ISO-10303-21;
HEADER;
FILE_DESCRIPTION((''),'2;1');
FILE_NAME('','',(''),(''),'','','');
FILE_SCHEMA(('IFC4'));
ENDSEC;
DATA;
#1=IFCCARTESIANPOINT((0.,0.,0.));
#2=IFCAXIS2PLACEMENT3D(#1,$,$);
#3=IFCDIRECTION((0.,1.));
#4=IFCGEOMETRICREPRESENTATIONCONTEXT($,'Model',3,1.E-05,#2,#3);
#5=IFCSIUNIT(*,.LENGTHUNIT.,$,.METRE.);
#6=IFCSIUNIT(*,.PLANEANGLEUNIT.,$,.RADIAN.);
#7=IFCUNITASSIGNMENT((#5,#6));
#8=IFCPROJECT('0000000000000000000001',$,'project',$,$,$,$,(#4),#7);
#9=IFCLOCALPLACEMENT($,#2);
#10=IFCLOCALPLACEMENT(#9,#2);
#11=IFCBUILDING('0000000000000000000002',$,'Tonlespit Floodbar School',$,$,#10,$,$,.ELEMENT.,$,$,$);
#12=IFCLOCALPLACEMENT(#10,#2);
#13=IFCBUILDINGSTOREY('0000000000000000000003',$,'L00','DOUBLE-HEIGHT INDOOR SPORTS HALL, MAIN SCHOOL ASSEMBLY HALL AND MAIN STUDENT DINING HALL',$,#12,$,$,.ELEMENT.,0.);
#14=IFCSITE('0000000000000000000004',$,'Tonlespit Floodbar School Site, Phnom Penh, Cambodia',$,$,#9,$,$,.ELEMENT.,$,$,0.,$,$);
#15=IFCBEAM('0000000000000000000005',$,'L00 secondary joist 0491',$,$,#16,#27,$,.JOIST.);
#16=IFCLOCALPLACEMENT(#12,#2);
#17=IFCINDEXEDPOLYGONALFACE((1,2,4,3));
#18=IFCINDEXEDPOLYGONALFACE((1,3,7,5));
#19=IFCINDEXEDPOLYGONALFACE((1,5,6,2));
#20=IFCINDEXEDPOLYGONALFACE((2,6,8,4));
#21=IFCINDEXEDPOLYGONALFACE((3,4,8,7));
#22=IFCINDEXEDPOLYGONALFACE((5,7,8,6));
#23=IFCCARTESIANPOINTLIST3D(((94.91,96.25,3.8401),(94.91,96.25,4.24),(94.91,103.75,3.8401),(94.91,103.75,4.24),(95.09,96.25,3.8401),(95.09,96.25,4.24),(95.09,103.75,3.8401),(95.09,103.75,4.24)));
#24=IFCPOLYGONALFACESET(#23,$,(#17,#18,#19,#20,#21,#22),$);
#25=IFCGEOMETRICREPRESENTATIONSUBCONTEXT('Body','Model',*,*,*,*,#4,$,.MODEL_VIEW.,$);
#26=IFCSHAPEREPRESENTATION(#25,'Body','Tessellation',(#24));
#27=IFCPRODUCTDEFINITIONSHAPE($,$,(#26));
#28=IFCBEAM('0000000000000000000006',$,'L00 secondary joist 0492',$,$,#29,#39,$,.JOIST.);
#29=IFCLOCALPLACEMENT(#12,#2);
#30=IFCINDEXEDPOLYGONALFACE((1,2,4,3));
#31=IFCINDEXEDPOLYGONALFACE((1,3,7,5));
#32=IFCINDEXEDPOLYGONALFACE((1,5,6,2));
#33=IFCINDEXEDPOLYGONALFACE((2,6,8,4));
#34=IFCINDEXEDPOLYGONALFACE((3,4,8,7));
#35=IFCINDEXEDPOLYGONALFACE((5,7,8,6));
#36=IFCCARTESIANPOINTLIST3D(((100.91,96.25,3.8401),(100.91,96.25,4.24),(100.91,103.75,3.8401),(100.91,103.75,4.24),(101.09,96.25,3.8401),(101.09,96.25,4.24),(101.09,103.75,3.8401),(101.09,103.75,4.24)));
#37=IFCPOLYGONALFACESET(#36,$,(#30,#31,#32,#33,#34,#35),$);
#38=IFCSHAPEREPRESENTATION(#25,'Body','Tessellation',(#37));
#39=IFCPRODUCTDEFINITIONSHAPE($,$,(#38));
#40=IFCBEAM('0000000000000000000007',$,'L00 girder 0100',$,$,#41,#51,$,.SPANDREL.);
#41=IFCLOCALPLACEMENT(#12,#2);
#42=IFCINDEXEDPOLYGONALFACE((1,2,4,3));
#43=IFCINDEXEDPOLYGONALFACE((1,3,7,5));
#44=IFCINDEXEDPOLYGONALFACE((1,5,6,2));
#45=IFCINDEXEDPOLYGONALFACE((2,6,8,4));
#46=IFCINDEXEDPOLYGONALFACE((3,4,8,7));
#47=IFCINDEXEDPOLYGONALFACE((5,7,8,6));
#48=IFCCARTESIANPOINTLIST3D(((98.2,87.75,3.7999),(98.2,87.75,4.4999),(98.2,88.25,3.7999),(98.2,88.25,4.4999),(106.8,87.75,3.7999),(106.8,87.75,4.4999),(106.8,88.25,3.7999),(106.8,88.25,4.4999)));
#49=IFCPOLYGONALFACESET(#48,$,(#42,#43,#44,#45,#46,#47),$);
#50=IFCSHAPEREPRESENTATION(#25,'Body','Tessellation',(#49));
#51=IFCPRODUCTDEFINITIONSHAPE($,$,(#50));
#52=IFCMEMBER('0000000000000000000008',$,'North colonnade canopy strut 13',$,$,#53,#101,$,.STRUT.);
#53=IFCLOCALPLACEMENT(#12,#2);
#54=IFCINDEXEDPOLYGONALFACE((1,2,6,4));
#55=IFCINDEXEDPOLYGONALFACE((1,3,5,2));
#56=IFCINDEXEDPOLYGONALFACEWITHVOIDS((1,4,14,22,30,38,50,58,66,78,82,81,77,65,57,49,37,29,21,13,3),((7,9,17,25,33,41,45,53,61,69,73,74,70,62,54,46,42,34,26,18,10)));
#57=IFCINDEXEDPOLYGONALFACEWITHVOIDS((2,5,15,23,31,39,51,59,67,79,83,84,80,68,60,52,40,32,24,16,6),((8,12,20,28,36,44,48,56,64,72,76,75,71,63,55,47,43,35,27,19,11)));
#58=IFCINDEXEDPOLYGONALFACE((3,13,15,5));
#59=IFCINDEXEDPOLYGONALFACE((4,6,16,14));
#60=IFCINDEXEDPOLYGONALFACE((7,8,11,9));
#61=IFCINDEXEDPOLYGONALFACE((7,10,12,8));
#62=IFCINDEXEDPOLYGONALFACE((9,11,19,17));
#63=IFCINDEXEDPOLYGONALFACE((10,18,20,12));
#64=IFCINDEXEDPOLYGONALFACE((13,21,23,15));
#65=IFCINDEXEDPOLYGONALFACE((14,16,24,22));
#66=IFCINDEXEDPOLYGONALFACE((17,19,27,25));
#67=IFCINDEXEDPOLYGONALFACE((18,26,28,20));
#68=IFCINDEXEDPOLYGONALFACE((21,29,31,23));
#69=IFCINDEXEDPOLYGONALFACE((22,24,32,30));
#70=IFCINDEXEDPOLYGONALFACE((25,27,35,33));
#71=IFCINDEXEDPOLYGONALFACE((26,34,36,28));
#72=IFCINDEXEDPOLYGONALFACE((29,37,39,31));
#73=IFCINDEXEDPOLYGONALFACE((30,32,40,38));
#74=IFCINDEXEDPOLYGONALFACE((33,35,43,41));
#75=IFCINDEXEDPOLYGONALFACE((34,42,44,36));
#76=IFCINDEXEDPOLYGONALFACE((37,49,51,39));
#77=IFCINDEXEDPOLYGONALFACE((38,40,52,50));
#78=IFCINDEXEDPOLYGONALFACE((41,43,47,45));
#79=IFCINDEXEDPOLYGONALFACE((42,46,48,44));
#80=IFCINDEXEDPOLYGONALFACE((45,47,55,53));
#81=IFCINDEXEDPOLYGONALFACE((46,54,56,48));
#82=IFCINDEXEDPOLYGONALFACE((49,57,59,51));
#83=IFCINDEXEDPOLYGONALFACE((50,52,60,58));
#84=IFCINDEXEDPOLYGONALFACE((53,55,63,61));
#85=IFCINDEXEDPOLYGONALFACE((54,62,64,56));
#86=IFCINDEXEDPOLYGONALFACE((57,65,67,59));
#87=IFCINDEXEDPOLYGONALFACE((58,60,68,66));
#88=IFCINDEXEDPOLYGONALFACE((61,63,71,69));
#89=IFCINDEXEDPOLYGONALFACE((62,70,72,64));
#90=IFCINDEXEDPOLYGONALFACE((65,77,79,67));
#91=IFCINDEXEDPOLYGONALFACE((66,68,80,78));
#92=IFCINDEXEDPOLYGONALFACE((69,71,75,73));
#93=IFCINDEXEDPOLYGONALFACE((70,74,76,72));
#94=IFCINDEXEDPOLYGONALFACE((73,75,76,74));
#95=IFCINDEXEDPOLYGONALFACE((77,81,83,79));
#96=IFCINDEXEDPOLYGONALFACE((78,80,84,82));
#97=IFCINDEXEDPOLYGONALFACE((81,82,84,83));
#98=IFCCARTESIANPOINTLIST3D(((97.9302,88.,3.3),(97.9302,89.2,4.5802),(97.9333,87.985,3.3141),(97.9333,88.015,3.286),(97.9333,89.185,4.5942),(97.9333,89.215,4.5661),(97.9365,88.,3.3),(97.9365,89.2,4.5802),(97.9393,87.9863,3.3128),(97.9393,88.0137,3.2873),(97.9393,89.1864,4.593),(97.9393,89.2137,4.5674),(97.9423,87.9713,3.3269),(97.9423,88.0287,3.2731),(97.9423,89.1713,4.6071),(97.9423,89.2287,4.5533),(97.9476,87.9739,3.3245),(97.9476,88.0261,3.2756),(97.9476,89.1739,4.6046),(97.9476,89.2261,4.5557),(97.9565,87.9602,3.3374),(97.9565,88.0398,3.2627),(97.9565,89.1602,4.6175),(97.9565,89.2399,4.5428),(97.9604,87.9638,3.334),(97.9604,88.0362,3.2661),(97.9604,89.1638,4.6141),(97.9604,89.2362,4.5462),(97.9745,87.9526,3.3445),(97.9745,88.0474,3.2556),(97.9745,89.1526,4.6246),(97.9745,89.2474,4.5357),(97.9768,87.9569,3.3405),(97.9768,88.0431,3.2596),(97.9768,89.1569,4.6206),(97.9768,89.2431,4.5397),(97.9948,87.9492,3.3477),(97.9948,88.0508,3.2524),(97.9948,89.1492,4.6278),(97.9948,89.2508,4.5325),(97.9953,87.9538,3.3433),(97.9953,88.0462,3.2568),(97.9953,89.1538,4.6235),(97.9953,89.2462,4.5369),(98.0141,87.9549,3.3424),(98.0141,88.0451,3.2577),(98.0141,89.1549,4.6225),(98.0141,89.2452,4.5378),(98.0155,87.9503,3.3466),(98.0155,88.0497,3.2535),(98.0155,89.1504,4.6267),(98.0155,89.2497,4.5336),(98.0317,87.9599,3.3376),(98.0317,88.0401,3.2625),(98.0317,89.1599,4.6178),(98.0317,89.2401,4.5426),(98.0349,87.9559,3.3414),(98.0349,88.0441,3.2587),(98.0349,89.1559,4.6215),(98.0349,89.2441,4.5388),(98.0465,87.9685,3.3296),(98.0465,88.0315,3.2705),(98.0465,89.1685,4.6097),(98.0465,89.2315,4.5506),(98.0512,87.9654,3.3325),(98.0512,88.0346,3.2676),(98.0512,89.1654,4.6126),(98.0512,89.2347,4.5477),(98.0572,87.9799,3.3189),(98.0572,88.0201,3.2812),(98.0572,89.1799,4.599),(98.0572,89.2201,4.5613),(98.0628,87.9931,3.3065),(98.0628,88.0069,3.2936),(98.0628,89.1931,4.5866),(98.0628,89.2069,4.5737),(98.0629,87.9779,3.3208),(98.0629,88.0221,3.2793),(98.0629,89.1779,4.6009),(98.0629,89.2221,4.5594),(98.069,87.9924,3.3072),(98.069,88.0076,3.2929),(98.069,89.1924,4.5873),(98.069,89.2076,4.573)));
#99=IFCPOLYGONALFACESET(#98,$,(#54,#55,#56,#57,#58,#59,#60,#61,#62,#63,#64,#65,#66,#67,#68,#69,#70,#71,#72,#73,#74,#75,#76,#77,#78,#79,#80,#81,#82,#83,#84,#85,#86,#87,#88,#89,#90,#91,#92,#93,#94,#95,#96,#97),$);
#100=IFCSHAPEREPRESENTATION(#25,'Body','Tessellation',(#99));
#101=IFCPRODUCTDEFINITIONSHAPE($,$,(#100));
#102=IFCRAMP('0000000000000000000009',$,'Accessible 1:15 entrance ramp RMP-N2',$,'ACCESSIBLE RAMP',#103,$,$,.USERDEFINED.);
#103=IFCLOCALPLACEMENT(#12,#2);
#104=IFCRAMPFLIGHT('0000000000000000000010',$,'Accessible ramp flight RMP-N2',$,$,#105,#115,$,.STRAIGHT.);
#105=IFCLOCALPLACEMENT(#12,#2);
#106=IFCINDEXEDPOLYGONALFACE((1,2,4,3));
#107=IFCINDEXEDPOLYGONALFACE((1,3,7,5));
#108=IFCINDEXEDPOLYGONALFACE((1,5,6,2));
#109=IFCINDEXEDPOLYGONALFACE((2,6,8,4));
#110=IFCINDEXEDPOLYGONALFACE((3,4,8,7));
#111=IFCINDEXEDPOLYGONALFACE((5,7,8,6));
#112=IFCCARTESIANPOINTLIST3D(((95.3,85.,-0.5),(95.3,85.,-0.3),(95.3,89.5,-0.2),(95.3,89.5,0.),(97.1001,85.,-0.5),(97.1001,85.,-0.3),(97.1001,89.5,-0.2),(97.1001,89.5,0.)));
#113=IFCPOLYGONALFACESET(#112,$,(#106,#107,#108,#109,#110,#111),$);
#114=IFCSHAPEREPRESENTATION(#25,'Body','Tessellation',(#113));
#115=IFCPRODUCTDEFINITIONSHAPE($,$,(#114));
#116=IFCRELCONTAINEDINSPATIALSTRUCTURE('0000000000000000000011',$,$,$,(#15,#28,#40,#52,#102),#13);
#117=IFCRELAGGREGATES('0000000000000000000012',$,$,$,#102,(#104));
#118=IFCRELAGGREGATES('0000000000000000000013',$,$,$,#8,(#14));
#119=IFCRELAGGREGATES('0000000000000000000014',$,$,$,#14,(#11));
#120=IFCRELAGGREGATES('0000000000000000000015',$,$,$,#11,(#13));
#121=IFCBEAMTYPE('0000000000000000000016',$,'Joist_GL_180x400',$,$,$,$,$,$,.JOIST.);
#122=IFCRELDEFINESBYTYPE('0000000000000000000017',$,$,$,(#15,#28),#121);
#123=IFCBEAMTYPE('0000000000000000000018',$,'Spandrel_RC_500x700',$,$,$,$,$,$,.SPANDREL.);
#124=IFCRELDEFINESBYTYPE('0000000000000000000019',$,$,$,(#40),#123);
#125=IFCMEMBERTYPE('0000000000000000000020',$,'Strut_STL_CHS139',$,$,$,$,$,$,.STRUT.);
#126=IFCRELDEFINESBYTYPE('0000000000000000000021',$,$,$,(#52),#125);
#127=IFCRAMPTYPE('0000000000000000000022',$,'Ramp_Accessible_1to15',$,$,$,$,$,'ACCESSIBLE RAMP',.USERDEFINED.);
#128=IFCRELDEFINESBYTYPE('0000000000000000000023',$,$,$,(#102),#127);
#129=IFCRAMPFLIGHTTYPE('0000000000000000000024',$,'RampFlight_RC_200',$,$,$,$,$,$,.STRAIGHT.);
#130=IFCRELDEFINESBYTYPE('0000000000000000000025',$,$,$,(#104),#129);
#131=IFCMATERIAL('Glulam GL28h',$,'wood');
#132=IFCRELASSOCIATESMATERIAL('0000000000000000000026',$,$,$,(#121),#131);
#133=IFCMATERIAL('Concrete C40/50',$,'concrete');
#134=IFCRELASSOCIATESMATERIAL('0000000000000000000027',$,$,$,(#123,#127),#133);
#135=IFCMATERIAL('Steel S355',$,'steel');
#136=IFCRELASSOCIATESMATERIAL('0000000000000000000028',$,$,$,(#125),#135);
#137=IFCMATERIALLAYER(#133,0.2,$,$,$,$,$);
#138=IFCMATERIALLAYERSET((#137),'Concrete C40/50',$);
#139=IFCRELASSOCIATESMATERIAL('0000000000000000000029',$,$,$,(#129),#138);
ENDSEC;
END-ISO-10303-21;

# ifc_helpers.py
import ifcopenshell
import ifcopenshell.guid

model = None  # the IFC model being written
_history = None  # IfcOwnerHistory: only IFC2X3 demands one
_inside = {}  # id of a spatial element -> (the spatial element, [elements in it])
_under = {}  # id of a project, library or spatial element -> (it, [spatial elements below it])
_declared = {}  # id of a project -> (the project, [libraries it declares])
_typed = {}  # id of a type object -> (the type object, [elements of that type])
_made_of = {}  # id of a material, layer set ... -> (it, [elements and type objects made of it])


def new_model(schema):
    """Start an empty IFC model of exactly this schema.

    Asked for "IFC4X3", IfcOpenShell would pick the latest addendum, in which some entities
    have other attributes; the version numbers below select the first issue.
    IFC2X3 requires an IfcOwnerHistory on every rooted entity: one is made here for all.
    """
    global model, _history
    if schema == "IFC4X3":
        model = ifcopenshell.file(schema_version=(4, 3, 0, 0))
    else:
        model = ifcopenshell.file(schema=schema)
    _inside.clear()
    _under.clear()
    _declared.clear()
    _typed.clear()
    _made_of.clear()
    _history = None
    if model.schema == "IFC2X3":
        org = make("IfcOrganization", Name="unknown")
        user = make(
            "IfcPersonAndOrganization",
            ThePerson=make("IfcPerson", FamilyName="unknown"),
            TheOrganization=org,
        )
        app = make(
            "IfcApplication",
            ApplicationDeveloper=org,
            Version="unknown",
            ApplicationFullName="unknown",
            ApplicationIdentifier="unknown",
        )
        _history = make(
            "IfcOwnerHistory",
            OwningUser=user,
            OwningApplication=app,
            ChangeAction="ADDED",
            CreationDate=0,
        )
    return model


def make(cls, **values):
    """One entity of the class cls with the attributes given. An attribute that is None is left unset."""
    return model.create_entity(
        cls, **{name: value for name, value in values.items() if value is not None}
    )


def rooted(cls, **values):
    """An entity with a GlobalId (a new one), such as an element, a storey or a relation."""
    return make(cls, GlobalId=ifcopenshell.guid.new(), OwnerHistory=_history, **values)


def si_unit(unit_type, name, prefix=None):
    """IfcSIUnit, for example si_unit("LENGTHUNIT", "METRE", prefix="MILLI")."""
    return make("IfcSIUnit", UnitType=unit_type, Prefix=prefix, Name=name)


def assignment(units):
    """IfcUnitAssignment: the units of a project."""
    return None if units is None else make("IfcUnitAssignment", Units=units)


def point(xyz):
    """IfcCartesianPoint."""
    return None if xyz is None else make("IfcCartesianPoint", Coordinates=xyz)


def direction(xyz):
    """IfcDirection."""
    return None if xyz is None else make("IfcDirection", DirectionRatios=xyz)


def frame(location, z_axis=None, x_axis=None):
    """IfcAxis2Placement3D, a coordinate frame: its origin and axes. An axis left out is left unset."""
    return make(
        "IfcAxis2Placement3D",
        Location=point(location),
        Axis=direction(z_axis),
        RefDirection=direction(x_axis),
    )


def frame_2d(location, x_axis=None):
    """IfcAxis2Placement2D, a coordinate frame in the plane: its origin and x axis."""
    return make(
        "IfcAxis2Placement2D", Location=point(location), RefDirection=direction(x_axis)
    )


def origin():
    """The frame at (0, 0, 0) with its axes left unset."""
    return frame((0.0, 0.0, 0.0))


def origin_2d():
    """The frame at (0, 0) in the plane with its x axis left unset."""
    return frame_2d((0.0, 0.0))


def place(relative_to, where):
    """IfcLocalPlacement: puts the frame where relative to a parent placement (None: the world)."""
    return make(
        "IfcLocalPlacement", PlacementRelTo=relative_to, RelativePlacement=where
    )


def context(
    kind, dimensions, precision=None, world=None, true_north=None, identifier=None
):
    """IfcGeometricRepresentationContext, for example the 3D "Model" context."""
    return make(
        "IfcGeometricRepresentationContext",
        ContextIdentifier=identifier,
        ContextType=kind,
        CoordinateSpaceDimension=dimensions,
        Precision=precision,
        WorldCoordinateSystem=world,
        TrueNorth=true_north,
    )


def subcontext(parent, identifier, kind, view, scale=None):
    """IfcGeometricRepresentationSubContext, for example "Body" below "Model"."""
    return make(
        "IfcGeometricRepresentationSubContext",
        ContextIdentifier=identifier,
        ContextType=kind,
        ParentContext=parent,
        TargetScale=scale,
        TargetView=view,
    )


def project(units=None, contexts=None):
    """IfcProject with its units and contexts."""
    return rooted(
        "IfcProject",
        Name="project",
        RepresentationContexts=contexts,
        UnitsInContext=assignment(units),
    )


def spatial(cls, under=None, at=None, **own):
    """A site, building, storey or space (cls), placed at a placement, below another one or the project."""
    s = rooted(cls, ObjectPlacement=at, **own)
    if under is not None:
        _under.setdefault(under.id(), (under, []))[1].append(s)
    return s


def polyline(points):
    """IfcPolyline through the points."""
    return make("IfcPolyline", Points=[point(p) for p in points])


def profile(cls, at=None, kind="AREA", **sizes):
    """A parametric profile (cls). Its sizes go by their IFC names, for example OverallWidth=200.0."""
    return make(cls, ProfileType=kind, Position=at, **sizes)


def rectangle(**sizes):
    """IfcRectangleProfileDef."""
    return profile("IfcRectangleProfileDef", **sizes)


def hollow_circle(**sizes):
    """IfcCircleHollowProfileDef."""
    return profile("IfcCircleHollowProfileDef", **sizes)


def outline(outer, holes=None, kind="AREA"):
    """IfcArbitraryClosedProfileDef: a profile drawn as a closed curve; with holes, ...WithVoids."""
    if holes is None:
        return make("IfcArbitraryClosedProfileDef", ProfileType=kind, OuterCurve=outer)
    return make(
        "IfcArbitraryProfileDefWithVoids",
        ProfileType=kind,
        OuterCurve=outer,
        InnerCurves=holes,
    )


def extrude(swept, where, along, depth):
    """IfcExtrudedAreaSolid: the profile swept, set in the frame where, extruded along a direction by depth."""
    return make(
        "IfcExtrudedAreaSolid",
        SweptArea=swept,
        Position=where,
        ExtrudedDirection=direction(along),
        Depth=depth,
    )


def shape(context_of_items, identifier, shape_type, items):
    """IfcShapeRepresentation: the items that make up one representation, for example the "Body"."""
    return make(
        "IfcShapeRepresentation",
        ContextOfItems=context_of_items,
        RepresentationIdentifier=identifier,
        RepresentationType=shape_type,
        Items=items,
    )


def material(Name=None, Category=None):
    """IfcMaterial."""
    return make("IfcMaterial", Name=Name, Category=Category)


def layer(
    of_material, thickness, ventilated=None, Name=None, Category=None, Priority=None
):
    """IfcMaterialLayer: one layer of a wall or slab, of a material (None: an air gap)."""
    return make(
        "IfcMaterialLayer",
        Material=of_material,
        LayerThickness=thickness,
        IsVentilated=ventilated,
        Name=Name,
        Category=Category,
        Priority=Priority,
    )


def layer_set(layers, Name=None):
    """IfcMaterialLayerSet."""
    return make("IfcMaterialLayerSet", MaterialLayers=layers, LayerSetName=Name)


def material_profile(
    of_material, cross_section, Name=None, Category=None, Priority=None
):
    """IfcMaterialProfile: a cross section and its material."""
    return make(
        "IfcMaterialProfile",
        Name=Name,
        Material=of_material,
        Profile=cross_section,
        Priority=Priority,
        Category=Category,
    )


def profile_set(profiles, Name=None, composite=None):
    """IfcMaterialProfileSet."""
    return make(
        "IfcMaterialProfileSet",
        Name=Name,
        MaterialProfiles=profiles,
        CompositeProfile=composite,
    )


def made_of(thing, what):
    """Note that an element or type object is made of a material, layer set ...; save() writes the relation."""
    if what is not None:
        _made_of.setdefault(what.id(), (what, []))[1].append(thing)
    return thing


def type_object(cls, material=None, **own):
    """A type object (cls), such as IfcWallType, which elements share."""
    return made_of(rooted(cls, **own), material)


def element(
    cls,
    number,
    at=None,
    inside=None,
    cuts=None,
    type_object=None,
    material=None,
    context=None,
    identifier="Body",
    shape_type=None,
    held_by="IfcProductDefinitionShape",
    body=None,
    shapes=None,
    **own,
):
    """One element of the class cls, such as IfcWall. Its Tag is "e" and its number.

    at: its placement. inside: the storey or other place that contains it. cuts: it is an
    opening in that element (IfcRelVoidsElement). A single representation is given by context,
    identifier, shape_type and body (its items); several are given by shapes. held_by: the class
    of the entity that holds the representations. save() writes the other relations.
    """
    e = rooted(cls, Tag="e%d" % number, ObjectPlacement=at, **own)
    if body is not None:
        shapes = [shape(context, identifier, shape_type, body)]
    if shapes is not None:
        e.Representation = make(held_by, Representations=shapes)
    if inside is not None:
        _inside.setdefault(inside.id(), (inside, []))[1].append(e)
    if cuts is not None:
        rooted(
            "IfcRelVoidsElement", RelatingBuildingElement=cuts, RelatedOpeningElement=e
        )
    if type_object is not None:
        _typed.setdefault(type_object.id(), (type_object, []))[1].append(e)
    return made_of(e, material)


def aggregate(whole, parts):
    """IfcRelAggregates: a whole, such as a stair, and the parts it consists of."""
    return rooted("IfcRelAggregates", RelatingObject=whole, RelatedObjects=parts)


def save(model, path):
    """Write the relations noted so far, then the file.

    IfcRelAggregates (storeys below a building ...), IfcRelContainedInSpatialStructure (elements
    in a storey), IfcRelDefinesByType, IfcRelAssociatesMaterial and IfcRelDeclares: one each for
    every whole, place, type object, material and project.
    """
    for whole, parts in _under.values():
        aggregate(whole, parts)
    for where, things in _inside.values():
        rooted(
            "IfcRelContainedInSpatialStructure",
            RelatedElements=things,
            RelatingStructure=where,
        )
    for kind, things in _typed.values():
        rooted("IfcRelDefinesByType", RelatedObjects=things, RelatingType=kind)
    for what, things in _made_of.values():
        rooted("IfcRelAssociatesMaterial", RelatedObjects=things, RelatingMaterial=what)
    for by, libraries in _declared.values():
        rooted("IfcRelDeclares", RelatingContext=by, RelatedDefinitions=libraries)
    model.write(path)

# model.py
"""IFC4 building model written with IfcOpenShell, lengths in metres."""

from ifc_helpers import new_model, si_unit, direction, frame, origin, origin_2d, place, context, subcontext, project, spatial, polyline, rectangle, hollow_circle, outline, extrude, material, layer, layer_set, material_profile, profile_set, type_object, element, aggregate, save


model = new_model("IFC4")

# Units and contexts
model_context = context("Model", 3, precision=1e-05, world=origin(), true_north=direction((0.0, 1.0)))
body_context = subcontext(model_context, "Body", "Model", "MODEL_VIEW")
ifc_project = project(units=[si_unit("LENGTHUNIT", "METRE"), si_unit("PLANEANGLEUNIT", "RADIAN")], contexts=[model_context])

# Site, building, storey
site_placement = place(None, origin())
site = spatial("IfcSite", under=ifc_project, at=site_placement, Name="Tonlespit Floodbar School Site, Phnom Penh, Cambodia", CompositionType="ELEMENT", RefElevation=0.0)
building_placement = place(site_placement, origin())
building = spatial("IfcBuilding", under=site, at=building_placement, Name="Tonlespit Floodbar School", CompositionType="ELEMENT")
storey_placement = place(building_placement, origin())
storey = spatial("IfcBuildingStorey", under=building, at=storey_placement, Name="L00", Description="DOUBLE-HEIGHT INDOOR SPORTS HALL, MAIN SCHOOL ASSEMBLY HALL AND MAIN STUDENT DINING HALL", CompositionType="ELEMENT", Elevation=0.0)

# Shared definitions
ifc_material_1 = material(Name="Concrete C40/50", Category="concrete")

# Beams
ifc_material_2 = material(Name="Glulam GL28h", Category="wood")
ifc_material_profile_1 = material_profile(ifc_material_2, rectangle(XDim=0.1799, YDim=0.3999, at=origin_2d()), Name="GL 180x400")
ifc_profile_set_1 = profile_set([ifc_material_profile_1], Name="Glulam GL28h")
beam_type_1 = type_object("IfcBeamType", Name="Joist_GL_180x400", PredefinedType="JOIST", material=ifc_profile_set_1)
for number, where, z_axis, x_axis, name in (
    (1, (95.0, 96.25, 4.04), (0.0, 1.0, 0.0), (-1.0, 0.0, 0.0), "L00 secondary joist 0491"),
    (2, (101.0, 96.25, 4.04), (0.0, 1.0, 0.0), (-1.0, 0.0, 0.0), "L00 secondary joist 0492"),
):
    element("IfcBeam", number, at=place(storey_placement, frame(where, z_axis=z_axis, x_axis=x_axis)), inside=storey, type_object=beam_type_1, Name=name, PredefinedType="JOIST", context=body_context, shape_type="SweptSolid", body=[
        extrude(rectangle(XDim=0.1799, YDim=0.3999, at=origin_2d()), origin(), (0.0, 0.0, 1.0), 7.5),
    ])
ifc_material_profile_2 = material_profile(ifc_material_1, rectangle(XDim=0.5, YDim=0.7, at=origin_2d()), Name="RC 500x700")
ifc_profile_set_2 = profile_set([ifc_material_profile_2], Name="Concrete C40/50")
beam_type_2 = type_object("IfcBeamType", Name="Spandrel_RC_500x700", PredefinedType="SPANDREL", material=ifc_profile_set_2)
beam_1_placement = place(storey_placement, frame((98.2, 88.0, 4.1499), z_axis=(1.0, 0.0, 0.0), x_axis=(0.0, 1.0, 0.0)))
element("IfcBeam", 3, at=beam_1_placement, inside=storey, type_object=beam_type_2, Name="L00 girder 0100", PredefinedType="SPANDREL", context=body_context, shape_type="SweptSolid", body=[
    extrude(rectangle(XDim=0.5, YDim=0.7, at=origin_2d()), origin(), (0.0, 0.0, 1.0), 8.6001),
])

# Member
ifc_material_3 = material(Name="Steel S355", Category="steel")
ifc_material_profile_3 = material_profile(ifc_material_3, hollow_circle(Radius=0.0698, WallThickness=0.0063, at=origin_2d()), Name="CHS 139.7x6.3")
ifc_profile_set_3 = profile_set([ifc_material_profile_3], Name="Steel S355")
member_type = type_object("IfcMemberType", Name="Strut_STL_CHS139", PredefinedType="STRUT", material=ifc_profile_set_3)
member_placement = place(storey_placement, frame((98.0, 88.0, 3.3), z_axis=(0.0, 0.683918, 0.729559), x_axis=(-1.0, 0.0, 0.0)))
element("IfcMember", 4, at=member_placement, inside=storey, type_object=member_type, Name="North colonnade canopy strut 13", PredefinedType="STRUT", context=body_context, shape_type="SweptSolid", body=[
    extrude(hollow_circle(Radius=0.0698, WallThickness=0.0063, at=origin_2d()), origin(), (0.0, 0.0, 1.0), 1.7546),
])

# Ramp, ramp flight
ramp_type = type_object("IfcRampType", Name="Ramp_Accessible_1to15", ElementType="ACCESSIBLE RAMP", PredefinedType="USERDEFINED", material=ifc_material_1)
ramp_placement = place(storey_placement, origin())
ramp = element("IfcRamp", 5, at=ramp_placement, inside=storey, type_object=ramp_type, Name="Accessible 1:15 entrance ramp RMP-N2", ObjectType="ACCESSIBLE RAMP", PredefinedType="USERDEFINED")
ifc_layer = layer(ifc_material_1, 0.2)
ifc_layer_set = layer_set([ifc_layer], Name="Concrete C40/50")
ramp_flight_type = type_object("IfcRampFlightType", Name="RampFlight_RC_200", PredefinedType="STRAIGHT", material=ifc_layer_set)
ramp_flight_placement = place(storey_placement, frame((96.2, 85.0, -0.3), z_axis=(0.0, 0.0, 1.0), x_axis=(0.0, 1.0, 0.0)))
ramp_flight = element("IfcRampFlight", 6, at=ramp_flight_placement, type_object=ramp_flight_type, Name="Accessible ramp flight RMP-N2", PredefinedType="STRAIGHT", context=body_context, shape_type="SweptSolid", body=[
    extrude(outline(polyline([(0.0, 0.0), (0.0, -0.2), (4.5, 0.1001), (4.5, 0.3), (0.0, 0.0)])), frame((0.0, 0.8999, 0.0), z_axis=(0.0, -1.0, 0.0), x_axis=(1.0, 0.0, 0.0)), (0.0, 0.0, 1.0), 1.8),
])
aggregate(ramp, [ramp_flight])

save(model, "model.ifc")
